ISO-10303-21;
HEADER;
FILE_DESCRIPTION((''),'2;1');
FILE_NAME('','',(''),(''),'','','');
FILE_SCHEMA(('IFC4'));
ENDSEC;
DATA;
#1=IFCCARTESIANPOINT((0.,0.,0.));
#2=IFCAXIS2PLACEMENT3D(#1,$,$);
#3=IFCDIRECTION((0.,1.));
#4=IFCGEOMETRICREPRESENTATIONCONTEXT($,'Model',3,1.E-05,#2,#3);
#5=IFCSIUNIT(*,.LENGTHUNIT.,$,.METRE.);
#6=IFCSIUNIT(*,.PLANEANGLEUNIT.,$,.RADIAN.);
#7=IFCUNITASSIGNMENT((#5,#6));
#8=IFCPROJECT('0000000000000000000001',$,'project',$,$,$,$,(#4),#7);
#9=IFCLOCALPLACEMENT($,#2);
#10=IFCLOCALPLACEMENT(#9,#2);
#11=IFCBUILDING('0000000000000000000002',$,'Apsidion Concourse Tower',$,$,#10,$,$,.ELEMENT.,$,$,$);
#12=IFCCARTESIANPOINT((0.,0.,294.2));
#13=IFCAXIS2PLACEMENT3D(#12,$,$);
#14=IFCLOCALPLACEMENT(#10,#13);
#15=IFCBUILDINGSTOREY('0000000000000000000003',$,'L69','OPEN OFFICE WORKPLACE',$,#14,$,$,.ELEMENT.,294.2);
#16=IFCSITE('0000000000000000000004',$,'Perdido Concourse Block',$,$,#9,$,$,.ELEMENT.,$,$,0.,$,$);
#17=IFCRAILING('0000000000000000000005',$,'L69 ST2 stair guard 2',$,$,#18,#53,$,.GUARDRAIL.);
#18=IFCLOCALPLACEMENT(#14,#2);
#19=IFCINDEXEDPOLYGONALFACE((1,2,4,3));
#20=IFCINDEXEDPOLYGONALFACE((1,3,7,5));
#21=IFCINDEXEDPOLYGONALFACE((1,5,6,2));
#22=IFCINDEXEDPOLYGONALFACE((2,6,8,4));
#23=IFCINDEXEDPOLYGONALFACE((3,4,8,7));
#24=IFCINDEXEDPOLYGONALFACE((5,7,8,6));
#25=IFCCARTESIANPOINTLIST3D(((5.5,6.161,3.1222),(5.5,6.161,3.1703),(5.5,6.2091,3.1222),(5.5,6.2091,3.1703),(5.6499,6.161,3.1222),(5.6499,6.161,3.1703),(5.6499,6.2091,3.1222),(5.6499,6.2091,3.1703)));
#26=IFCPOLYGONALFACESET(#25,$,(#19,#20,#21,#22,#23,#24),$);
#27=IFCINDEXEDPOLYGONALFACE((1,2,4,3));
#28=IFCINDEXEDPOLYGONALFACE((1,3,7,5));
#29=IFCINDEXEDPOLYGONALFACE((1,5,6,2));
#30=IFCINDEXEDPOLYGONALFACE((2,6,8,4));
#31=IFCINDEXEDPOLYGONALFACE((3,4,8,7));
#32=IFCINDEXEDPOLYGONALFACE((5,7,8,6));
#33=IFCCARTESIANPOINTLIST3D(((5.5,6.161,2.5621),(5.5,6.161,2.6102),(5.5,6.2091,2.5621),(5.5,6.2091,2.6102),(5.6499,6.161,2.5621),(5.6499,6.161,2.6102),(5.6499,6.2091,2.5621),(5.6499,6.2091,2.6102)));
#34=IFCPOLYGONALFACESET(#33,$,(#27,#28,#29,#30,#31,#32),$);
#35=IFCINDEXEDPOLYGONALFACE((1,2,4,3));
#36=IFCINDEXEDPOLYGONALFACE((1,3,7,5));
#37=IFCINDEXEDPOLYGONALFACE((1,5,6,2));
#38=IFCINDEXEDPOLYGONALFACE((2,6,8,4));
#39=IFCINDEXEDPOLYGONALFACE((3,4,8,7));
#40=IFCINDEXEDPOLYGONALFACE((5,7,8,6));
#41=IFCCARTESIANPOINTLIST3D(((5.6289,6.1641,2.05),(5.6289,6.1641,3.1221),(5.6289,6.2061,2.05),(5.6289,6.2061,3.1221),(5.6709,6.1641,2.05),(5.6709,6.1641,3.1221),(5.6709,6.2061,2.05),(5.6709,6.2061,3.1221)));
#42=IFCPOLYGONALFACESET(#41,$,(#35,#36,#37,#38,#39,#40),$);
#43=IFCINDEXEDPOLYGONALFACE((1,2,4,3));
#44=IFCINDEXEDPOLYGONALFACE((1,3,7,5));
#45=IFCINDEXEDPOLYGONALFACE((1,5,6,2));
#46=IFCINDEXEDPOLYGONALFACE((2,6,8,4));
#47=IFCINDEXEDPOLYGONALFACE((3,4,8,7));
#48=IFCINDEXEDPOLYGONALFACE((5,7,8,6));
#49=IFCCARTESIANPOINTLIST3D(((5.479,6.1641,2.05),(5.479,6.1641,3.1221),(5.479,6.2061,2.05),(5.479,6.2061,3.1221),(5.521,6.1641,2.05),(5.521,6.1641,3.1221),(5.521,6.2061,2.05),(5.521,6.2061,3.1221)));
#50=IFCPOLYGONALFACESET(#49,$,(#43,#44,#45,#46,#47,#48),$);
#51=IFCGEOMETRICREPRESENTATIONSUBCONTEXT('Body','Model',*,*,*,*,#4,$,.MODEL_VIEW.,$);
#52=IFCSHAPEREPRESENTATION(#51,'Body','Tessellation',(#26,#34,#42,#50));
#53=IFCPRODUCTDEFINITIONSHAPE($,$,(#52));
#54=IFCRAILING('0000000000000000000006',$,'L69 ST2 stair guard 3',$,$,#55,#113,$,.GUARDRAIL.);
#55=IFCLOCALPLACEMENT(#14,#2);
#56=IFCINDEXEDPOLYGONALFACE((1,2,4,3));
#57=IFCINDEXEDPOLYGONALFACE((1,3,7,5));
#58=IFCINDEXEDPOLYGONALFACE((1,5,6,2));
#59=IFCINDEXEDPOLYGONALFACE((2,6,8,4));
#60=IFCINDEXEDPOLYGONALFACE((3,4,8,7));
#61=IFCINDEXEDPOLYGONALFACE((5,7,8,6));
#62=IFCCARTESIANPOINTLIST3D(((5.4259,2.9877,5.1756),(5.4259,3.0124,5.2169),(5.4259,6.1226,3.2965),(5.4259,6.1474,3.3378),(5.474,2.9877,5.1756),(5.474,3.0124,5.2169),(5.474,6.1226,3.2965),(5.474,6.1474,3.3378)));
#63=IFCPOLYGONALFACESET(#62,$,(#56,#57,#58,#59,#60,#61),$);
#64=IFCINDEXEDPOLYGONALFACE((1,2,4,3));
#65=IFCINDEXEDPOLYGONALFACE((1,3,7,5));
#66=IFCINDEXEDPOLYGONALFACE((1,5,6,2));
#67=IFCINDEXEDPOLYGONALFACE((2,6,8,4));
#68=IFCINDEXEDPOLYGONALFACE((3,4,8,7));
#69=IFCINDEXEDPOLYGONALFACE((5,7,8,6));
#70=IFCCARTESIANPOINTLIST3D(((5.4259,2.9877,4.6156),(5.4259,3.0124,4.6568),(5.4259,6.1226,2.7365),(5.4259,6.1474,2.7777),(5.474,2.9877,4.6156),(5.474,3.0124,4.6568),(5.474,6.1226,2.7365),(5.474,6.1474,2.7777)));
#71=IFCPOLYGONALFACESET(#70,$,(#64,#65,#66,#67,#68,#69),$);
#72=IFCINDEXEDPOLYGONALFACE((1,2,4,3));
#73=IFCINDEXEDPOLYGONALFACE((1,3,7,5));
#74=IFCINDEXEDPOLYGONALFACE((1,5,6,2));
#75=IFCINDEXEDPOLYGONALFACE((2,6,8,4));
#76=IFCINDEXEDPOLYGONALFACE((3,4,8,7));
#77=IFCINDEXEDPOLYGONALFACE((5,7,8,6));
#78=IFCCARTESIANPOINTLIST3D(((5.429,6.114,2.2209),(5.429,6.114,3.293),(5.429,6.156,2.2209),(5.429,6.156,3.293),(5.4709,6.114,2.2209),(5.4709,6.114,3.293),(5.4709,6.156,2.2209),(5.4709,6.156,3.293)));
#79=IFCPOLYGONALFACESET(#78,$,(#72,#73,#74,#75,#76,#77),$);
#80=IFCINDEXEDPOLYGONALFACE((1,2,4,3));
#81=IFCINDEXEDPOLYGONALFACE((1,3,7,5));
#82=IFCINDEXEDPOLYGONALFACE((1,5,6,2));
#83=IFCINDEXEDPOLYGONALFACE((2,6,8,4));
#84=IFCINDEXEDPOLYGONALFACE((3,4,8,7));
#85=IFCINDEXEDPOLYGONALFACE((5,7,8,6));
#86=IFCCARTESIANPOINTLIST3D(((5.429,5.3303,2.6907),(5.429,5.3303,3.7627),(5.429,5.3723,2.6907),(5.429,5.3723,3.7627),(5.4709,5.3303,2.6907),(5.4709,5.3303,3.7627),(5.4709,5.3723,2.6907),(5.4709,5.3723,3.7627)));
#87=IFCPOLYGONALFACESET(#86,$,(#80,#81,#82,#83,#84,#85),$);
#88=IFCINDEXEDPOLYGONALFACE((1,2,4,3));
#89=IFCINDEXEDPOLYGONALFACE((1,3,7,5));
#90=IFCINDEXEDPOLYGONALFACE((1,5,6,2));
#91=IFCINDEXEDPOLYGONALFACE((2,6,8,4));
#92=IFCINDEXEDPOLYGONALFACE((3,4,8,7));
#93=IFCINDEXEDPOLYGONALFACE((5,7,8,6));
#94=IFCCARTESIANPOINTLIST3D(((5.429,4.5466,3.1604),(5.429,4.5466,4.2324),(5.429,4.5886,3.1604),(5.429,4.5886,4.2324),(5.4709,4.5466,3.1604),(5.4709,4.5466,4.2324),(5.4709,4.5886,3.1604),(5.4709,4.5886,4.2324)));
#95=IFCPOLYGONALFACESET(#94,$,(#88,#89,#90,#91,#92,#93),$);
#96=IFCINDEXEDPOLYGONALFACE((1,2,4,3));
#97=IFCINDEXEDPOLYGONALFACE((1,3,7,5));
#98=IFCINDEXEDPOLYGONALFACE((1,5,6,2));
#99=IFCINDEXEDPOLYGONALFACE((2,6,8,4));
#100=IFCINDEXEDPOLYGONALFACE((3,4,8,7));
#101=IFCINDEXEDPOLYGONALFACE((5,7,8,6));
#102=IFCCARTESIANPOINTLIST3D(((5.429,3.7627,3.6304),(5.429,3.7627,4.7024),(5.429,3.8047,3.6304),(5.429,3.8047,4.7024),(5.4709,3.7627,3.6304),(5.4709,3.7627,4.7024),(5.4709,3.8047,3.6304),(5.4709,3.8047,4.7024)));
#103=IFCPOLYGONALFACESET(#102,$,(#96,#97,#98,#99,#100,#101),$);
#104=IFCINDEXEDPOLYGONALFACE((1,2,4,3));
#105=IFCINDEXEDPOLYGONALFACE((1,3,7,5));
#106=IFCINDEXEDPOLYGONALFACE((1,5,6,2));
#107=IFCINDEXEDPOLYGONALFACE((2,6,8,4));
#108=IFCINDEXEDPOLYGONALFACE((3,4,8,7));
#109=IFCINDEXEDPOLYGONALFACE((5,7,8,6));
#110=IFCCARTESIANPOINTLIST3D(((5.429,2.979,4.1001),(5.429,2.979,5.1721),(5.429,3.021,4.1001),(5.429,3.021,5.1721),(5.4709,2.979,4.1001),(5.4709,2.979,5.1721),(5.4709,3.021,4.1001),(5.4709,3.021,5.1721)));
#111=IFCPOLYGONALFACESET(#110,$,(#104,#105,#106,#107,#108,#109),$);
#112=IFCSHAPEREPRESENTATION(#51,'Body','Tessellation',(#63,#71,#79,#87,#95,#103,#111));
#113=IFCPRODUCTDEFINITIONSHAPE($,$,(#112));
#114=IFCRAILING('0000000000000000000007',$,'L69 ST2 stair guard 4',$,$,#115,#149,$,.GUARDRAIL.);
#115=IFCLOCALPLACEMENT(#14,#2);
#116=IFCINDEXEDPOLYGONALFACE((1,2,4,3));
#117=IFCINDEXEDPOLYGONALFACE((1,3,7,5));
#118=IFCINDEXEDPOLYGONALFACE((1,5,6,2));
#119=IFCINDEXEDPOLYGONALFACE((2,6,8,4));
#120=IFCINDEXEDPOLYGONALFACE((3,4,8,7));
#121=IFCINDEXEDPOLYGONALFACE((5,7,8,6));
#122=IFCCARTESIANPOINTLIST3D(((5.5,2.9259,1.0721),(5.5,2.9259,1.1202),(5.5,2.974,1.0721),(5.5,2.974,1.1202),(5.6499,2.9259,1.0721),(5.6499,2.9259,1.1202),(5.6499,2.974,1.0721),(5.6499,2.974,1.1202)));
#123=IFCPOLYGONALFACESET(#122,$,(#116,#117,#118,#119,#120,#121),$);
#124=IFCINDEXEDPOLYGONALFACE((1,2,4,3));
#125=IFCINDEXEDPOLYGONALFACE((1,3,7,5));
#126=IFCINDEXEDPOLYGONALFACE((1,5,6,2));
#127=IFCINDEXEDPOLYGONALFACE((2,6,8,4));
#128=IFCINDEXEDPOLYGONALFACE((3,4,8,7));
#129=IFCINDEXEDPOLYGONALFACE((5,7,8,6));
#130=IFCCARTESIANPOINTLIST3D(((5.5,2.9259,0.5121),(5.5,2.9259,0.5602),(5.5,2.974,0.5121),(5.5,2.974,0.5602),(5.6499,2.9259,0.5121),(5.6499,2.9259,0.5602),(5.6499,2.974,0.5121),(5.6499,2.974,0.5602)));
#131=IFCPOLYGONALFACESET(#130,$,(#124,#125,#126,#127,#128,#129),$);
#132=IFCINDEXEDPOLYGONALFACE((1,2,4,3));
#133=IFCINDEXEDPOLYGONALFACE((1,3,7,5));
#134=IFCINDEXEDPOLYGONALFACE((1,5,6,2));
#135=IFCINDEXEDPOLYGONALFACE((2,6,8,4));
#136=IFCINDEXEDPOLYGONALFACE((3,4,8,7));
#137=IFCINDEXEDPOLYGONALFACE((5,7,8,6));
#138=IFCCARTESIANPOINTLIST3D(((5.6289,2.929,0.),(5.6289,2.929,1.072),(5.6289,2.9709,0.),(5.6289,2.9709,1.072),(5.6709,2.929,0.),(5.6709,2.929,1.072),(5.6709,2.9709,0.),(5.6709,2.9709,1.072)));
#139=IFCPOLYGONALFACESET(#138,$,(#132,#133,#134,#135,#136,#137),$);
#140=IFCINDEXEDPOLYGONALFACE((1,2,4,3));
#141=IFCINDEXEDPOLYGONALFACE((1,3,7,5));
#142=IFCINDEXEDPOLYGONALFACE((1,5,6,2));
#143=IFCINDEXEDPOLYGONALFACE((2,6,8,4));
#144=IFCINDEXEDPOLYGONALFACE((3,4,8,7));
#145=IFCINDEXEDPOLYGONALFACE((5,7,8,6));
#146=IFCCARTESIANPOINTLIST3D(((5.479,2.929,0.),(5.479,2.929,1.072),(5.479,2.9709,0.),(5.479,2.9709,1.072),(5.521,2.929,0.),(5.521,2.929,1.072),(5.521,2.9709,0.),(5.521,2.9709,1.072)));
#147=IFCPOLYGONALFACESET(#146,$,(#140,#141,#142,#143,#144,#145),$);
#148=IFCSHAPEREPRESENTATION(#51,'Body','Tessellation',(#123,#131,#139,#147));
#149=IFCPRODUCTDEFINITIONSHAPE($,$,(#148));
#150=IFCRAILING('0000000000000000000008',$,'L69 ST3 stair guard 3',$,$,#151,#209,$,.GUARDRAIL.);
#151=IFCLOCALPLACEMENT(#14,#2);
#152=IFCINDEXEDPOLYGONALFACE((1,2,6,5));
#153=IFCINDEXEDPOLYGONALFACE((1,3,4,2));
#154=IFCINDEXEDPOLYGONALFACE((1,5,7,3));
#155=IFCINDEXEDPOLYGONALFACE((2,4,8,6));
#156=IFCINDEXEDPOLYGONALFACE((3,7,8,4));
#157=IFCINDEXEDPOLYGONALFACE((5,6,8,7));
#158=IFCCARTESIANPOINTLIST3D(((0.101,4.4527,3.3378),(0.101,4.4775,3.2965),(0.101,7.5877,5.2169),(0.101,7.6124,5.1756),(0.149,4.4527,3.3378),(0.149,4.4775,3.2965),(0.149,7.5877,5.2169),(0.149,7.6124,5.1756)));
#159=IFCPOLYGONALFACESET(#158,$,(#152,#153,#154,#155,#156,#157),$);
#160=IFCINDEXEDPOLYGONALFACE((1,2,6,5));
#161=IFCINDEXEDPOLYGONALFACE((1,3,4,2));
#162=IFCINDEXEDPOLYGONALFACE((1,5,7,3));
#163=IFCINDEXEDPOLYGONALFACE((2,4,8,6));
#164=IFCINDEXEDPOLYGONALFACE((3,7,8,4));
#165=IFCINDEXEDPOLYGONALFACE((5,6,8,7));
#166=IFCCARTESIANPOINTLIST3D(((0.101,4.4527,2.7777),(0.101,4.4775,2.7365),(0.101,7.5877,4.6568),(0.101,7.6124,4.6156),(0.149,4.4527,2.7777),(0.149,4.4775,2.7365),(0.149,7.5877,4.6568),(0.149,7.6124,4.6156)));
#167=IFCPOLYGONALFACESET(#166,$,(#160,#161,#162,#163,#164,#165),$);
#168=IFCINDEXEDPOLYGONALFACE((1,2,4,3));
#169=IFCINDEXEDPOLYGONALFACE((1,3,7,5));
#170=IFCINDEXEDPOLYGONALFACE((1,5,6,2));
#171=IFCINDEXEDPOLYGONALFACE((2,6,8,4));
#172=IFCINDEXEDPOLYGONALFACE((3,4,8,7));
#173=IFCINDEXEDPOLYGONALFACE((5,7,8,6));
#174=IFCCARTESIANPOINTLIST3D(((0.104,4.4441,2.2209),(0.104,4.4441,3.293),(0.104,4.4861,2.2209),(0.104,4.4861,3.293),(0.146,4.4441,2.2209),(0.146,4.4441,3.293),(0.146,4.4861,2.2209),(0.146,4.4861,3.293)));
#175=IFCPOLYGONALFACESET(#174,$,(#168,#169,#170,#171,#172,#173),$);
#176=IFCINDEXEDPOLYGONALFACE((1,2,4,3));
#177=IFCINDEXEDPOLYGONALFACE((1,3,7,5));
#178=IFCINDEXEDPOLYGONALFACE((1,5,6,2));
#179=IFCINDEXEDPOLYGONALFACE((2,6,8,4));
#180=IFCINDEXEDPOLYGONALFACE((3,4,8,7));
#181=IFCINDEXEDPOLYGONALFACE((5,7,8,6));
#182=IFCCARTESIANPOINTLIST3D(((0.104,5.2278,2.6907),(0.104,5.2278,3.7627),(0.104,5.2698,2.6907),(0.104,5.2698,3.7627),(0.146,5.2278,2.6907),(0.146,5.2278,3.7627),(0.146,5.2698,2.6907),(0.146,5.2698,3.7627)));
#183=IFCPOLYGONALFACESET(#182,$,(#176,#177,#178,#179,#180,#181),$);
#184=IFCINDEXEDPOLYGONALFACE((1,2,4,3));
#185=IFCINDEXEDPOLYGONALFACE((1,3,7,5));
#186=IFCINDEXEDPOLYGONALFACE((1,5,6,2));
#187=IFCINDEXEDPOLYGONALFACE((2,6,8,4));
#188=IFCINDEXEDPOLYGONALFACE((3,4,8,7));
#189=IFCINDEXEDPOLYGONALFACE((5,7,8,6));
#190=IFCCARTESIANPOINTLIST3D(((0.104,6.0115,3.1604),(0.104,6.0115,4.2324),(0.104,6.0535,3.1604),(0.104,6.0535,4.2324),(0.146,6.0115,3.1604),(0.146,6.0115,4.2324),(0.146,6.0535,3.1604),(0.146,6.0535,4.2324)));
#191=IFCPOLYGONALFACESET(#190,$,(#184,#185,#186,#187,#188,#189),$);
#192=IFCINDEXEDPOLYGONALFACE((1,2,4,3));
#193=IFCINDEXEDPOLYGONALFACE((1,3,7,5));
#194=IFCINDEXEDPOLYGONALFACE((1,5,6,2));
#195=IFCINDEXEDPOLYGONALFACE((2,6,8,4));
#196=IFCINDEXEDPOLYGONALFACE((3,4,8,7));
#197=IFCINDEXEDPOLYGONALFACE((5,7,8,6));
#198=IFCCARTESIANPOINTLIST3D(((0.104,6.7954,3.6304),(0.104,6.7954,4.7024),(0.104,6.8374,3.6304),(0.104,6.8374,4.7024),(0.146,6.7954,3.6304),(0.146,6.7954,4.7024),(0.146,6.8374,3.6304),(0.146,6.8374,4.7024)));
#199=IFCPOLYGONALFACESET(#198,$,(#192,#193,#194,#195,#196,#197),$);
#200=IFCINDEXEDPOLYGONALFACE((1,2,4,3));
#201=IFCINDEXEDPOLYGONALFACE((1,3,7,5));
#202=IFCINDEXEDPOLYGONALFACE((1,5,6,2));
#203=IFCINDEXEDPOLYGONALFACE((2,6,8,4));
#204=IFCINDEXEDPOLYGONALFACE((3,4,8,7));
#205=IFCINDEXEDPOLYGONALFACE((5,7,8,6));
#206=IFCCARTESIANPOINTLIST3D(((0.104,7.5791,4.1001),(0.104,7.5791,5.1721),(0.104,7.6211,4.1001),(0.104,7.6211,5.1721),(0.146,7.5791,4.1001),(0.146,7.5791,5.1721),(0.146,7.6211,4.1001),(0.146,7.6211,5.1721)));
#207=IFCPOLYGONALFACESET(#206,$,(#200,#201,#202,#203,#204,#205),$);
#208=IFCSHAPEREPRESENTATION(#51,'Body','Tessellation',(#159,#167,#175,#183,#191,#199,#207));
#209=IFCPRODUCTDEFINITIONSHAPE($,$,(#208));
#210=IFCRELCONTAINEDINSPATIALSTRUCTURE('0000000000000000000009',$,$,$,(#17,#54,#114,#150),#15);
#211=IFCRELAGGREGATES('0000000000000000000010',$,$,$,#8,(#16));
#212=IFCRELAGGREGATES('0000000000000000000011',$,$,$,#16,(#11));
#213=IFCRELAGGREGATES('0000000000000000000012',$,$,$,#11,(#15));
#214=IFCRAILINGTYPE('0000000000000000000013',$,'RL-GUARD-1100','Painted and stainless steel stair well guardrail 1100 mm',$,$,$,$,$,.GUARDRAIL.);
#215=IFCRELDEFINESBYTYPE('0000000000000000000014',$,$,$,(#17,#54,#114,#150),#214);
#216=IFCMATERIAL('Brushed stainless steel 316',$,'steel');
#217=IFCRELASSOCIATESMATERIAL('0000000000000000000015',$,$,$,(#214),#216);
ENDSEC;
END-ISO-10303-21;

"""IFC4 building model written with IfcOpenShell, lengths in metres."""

from ifc_helpers import new_model, si_unit, direction, frame, origin, origin_2d, place, context, subcontext, project, spatial, rectangle, extrude, material, type_object, element, save


model = new_model("IFC4")

# Units and contexts
model_context = context("Model", 3, precision=1e-05, world=origin(), true_north=direction((0.0, 1.0)))
body_context = subcontext(model_context, "Body", "Model", "MODEL_VIEW")
ifc_project = project(units=[si_unit("LENGTHUNIT", "METRE"), si_unit("PLANEANGLEUNIT", "RADIAN")], contexts=[model_context])

# Site, building, storey
site_placement = place(None, origin())
site = spatial("IfcSite", under=ifc_project, at=site_placement, Name="Perdido Concourse Block", CompositionType="ELEMENT", RefElevation=0.0)
building_placement = place(site_placement, origin())
building = spatial("IfcBuilding", under=site, at=building_placement, Name="Apsidion Concourse Tower", CompositionType="ELEMENT")
storey_placement = place(building_placement, frame((0.0, 0.0, 294.2)))
storey = spatial("IfcBuildingStorey", under=building, at=storey_placement, Name="L69", Description="OPEN OFFICE WORKPLACE", CompositionType="ELEMENT", Elevation=294.2)

# Railings
ifc_material_1 = material(Name="Brushed stainless steel 316", Category="steel")
railing_type_1 = type_object("IfcRailingType", Name="RL-GUARD-1100", Description="Painted and stainless steel stair well guardrail 1100 mm", PredefinedType="GUARDRAIL", material=ifc_material_1)
railing_1_placement = place(storey_placement, frame((5.6499, 6.1851, 2.05)))
element("IfcRailing", 1, at=railing_1_placement, inside=storey, type_object=railing_type_1, Name="L69 ST2 stair guard 2", PredefinedType="GUARDRAIL", context=body_context, shape_type="SweptSolid", body=[
    extrude(rectangle(XDim=0.0481, YDim=0.0481, at=origin_2d()), frame((0.0, 0.0, 1.0962), z_axis=(-1.0, 0.0, 0.0), x_axis=(0.0, -1.0, 0.0)), (0.0, 0.0, 1.0), 0.1499),
    extrude(rectangle(XDim=0.0481, YDim=0.0481, at=origin_2d()), frame((0.0, 0.0, 0.5361), z_axis=(-1.0, 0.0, 0.0), x_axis=(0.0, -1.0, 0.0)), (0.0, 0.0, 1.0), 0.1499),
    extrude(rectangle(XDim=0.042, YDim=0.042, at=origin_2d()), origin(), (0.0, 0.0, 1.0), 1.072),
    extrude(rectangle(XDim=0.042, YDim=0.042, at=origin_2d()), frame((-0.1499, 0.0, 0.0)), (0.0, 0.0, 1.0), 1.072),
])
railing_2_placement = place(storey_placement, frame((5.45, 6.135, 2.2209)))
element("IfcRailing", 2, at=railing_2_placement, inside=storey, type_object=railing_type_1, Name="L69 ST2 stair guard 3", PredefinedType="GUARDRAIL", context=body_context, shape_type="SweptSolid", body=[
    extrude(rectangle(XDim=0.0481, YDim=0.0481, at=origin_2d()), frame((0.0, 0.0, 1.0962), z_axis=(0.0, -0.857717, 0.514122), x_axis=(1.0, 0.0, 0.0)), (0.0, 0.0, 1.0), 3.655),
    extrude(rectangle(XDim=0.0481, YDim=0.0481, at=origin_2d()), frame((0.0, 0.0, 0.5361), z_axis=(0.0, -0.857717, 0.514122), x_axis=(1.0, 0.0, 0.0)), (0.0, 0.0, 1.0), 3.655),
    extrude(rectangle(XDim=0.042, YDim=0.042, at=origin_2d()), origin(), (0.0, 0.0, 1.0), 1.072),
    extrude(rectangle(XDim=0.042, YDim=0.042, at=origin_2d()), frame((0.0, -0.7837, 0.4697)), (0.0, 0.0, 1.0), 1.072),
    extrude(rectangle(XDim=0.042, YDim=0.042, at=origin_2d()), frame((0.0, -1.5674, 0.9395)), (0.0, 0.0, 1.0), 1.072),
    extrude(rectangle(XDim=0.042, YDim=0.042, at=origin_2d()), frame((0.0, -2.3513, 1.4094)), (0.0, 0.0, 1.0), 1.072),
    extrude(rectangle(XDim=0.042, YDim=0.042, at=origin_2d()), frame((0.0, -3.135, 1.8792)), (0.0, 0.0, 1.0), 1.072),
])
railing_3_placement = place(storey_placement, frame((5.6499, 2.95, 0.0)))
element("IfcRailing", 3, at=railing_3_placement, inside=storey, type_object=railing_type_1, Name="L69 ST2 stair guard 4", PredefinedType="GUARDRAIL", context=body_context, shape_type="SweptSolid", body=[
    extrude(rectangle(XDim=0.0481, YDim=0.0481, at=origin_2d()), frame((0.0, 0.0, 1.0962), z_axis=(-1.0, 0.0, 0.0), x_axis=(0.0, -1.0, 0.0)), (0.0, 0.0, 1.0), 0.1499),
    extrude(rectangle(XDim=0.0481, YDim=0.0481, at=origin_2d()), frame((0.0, 0.0, 0.5361), z_axis=(-1.0, 0.0, 0.0), x_axis=(0.0, -1.0, 0.0)), (0.0, 0.0, 1.0), 0.1499),
    extrude(rectangle(XDim=0.042, YDim=0.042, at=origin_2d()), origin(), (0.0, 0.0, 1.0), 1.072),
    extrude(rectangle(XDim=0.042, YDim=0.042, at=origin_2d()), frame((-0.1499, 0.0, 0.0)), (0.0, 0.0, 1.0), 1.072),
])
railing_4_placement = place(storey_placement, frame((0.125, 4.4651, 2.2209)))
element("IfcRailing", 4, at=railing_4_placement, inside=storey, type_object=railing_type_1, Name="L69 ST3 stair guard 3", PredefinedType="GUARDRAIL", context=body_context, shape_type="SweptSolid", body=[
    extrude(rectangle(XDim=0.0481, YDim=0.0481, at=origin_2d()), frame((0.0, 0.0, 1.0962), z_axis=(0.0, 0.857717, 0.514122), x_axis=(-1.0, 0.0, 0.0)), (0.0, 0.0, 1.0), 3.655),
    extrude(rectangle(XDim=0.0481, YDim=0.0481, at=origin_2d()), frame((0.0, 0.0, 0.5361), z_axis=(0.0, 0.857717, 0.514122), x_axis=(-1.0, 0.0, 0.0)), (0.0, 0.0, 1.0), 3.655),
    extrude(rectangle(XDim=0.042, YDim=0.042, at=origin_2d()), origin(), (0.0, 0.0, 1.0), 1.072),
    extrude(rectangle(XDim=0.042, YDim=0.042, at=origin_2d()), frame((0.0, 0.7837, 0.4697)), (0.0, 0.0, 1.0), 1.072),
    extrude(rectangle(XDim=0.042, YDim=0.042, at=origin_2d()), frame((0.0, 1.5674, 0.9395)), (0.0, 0.0, 1.0), 1.072),
    extrude(rectangle(XDim=0.042, YDim=0.042, at=origin_2d()), frame((0.0, 2.3513, 1.4094)), (0.0, 0.0, 1.0), 1.072),
    extrude(rectangle(XDim=0.042, YDim=0.042, at=origin_2d()), frame((0.0, 3.135, 1.8792)), (0.0, 0.0, 1.0), 1.072),
])

save(model, "model.ifc")
